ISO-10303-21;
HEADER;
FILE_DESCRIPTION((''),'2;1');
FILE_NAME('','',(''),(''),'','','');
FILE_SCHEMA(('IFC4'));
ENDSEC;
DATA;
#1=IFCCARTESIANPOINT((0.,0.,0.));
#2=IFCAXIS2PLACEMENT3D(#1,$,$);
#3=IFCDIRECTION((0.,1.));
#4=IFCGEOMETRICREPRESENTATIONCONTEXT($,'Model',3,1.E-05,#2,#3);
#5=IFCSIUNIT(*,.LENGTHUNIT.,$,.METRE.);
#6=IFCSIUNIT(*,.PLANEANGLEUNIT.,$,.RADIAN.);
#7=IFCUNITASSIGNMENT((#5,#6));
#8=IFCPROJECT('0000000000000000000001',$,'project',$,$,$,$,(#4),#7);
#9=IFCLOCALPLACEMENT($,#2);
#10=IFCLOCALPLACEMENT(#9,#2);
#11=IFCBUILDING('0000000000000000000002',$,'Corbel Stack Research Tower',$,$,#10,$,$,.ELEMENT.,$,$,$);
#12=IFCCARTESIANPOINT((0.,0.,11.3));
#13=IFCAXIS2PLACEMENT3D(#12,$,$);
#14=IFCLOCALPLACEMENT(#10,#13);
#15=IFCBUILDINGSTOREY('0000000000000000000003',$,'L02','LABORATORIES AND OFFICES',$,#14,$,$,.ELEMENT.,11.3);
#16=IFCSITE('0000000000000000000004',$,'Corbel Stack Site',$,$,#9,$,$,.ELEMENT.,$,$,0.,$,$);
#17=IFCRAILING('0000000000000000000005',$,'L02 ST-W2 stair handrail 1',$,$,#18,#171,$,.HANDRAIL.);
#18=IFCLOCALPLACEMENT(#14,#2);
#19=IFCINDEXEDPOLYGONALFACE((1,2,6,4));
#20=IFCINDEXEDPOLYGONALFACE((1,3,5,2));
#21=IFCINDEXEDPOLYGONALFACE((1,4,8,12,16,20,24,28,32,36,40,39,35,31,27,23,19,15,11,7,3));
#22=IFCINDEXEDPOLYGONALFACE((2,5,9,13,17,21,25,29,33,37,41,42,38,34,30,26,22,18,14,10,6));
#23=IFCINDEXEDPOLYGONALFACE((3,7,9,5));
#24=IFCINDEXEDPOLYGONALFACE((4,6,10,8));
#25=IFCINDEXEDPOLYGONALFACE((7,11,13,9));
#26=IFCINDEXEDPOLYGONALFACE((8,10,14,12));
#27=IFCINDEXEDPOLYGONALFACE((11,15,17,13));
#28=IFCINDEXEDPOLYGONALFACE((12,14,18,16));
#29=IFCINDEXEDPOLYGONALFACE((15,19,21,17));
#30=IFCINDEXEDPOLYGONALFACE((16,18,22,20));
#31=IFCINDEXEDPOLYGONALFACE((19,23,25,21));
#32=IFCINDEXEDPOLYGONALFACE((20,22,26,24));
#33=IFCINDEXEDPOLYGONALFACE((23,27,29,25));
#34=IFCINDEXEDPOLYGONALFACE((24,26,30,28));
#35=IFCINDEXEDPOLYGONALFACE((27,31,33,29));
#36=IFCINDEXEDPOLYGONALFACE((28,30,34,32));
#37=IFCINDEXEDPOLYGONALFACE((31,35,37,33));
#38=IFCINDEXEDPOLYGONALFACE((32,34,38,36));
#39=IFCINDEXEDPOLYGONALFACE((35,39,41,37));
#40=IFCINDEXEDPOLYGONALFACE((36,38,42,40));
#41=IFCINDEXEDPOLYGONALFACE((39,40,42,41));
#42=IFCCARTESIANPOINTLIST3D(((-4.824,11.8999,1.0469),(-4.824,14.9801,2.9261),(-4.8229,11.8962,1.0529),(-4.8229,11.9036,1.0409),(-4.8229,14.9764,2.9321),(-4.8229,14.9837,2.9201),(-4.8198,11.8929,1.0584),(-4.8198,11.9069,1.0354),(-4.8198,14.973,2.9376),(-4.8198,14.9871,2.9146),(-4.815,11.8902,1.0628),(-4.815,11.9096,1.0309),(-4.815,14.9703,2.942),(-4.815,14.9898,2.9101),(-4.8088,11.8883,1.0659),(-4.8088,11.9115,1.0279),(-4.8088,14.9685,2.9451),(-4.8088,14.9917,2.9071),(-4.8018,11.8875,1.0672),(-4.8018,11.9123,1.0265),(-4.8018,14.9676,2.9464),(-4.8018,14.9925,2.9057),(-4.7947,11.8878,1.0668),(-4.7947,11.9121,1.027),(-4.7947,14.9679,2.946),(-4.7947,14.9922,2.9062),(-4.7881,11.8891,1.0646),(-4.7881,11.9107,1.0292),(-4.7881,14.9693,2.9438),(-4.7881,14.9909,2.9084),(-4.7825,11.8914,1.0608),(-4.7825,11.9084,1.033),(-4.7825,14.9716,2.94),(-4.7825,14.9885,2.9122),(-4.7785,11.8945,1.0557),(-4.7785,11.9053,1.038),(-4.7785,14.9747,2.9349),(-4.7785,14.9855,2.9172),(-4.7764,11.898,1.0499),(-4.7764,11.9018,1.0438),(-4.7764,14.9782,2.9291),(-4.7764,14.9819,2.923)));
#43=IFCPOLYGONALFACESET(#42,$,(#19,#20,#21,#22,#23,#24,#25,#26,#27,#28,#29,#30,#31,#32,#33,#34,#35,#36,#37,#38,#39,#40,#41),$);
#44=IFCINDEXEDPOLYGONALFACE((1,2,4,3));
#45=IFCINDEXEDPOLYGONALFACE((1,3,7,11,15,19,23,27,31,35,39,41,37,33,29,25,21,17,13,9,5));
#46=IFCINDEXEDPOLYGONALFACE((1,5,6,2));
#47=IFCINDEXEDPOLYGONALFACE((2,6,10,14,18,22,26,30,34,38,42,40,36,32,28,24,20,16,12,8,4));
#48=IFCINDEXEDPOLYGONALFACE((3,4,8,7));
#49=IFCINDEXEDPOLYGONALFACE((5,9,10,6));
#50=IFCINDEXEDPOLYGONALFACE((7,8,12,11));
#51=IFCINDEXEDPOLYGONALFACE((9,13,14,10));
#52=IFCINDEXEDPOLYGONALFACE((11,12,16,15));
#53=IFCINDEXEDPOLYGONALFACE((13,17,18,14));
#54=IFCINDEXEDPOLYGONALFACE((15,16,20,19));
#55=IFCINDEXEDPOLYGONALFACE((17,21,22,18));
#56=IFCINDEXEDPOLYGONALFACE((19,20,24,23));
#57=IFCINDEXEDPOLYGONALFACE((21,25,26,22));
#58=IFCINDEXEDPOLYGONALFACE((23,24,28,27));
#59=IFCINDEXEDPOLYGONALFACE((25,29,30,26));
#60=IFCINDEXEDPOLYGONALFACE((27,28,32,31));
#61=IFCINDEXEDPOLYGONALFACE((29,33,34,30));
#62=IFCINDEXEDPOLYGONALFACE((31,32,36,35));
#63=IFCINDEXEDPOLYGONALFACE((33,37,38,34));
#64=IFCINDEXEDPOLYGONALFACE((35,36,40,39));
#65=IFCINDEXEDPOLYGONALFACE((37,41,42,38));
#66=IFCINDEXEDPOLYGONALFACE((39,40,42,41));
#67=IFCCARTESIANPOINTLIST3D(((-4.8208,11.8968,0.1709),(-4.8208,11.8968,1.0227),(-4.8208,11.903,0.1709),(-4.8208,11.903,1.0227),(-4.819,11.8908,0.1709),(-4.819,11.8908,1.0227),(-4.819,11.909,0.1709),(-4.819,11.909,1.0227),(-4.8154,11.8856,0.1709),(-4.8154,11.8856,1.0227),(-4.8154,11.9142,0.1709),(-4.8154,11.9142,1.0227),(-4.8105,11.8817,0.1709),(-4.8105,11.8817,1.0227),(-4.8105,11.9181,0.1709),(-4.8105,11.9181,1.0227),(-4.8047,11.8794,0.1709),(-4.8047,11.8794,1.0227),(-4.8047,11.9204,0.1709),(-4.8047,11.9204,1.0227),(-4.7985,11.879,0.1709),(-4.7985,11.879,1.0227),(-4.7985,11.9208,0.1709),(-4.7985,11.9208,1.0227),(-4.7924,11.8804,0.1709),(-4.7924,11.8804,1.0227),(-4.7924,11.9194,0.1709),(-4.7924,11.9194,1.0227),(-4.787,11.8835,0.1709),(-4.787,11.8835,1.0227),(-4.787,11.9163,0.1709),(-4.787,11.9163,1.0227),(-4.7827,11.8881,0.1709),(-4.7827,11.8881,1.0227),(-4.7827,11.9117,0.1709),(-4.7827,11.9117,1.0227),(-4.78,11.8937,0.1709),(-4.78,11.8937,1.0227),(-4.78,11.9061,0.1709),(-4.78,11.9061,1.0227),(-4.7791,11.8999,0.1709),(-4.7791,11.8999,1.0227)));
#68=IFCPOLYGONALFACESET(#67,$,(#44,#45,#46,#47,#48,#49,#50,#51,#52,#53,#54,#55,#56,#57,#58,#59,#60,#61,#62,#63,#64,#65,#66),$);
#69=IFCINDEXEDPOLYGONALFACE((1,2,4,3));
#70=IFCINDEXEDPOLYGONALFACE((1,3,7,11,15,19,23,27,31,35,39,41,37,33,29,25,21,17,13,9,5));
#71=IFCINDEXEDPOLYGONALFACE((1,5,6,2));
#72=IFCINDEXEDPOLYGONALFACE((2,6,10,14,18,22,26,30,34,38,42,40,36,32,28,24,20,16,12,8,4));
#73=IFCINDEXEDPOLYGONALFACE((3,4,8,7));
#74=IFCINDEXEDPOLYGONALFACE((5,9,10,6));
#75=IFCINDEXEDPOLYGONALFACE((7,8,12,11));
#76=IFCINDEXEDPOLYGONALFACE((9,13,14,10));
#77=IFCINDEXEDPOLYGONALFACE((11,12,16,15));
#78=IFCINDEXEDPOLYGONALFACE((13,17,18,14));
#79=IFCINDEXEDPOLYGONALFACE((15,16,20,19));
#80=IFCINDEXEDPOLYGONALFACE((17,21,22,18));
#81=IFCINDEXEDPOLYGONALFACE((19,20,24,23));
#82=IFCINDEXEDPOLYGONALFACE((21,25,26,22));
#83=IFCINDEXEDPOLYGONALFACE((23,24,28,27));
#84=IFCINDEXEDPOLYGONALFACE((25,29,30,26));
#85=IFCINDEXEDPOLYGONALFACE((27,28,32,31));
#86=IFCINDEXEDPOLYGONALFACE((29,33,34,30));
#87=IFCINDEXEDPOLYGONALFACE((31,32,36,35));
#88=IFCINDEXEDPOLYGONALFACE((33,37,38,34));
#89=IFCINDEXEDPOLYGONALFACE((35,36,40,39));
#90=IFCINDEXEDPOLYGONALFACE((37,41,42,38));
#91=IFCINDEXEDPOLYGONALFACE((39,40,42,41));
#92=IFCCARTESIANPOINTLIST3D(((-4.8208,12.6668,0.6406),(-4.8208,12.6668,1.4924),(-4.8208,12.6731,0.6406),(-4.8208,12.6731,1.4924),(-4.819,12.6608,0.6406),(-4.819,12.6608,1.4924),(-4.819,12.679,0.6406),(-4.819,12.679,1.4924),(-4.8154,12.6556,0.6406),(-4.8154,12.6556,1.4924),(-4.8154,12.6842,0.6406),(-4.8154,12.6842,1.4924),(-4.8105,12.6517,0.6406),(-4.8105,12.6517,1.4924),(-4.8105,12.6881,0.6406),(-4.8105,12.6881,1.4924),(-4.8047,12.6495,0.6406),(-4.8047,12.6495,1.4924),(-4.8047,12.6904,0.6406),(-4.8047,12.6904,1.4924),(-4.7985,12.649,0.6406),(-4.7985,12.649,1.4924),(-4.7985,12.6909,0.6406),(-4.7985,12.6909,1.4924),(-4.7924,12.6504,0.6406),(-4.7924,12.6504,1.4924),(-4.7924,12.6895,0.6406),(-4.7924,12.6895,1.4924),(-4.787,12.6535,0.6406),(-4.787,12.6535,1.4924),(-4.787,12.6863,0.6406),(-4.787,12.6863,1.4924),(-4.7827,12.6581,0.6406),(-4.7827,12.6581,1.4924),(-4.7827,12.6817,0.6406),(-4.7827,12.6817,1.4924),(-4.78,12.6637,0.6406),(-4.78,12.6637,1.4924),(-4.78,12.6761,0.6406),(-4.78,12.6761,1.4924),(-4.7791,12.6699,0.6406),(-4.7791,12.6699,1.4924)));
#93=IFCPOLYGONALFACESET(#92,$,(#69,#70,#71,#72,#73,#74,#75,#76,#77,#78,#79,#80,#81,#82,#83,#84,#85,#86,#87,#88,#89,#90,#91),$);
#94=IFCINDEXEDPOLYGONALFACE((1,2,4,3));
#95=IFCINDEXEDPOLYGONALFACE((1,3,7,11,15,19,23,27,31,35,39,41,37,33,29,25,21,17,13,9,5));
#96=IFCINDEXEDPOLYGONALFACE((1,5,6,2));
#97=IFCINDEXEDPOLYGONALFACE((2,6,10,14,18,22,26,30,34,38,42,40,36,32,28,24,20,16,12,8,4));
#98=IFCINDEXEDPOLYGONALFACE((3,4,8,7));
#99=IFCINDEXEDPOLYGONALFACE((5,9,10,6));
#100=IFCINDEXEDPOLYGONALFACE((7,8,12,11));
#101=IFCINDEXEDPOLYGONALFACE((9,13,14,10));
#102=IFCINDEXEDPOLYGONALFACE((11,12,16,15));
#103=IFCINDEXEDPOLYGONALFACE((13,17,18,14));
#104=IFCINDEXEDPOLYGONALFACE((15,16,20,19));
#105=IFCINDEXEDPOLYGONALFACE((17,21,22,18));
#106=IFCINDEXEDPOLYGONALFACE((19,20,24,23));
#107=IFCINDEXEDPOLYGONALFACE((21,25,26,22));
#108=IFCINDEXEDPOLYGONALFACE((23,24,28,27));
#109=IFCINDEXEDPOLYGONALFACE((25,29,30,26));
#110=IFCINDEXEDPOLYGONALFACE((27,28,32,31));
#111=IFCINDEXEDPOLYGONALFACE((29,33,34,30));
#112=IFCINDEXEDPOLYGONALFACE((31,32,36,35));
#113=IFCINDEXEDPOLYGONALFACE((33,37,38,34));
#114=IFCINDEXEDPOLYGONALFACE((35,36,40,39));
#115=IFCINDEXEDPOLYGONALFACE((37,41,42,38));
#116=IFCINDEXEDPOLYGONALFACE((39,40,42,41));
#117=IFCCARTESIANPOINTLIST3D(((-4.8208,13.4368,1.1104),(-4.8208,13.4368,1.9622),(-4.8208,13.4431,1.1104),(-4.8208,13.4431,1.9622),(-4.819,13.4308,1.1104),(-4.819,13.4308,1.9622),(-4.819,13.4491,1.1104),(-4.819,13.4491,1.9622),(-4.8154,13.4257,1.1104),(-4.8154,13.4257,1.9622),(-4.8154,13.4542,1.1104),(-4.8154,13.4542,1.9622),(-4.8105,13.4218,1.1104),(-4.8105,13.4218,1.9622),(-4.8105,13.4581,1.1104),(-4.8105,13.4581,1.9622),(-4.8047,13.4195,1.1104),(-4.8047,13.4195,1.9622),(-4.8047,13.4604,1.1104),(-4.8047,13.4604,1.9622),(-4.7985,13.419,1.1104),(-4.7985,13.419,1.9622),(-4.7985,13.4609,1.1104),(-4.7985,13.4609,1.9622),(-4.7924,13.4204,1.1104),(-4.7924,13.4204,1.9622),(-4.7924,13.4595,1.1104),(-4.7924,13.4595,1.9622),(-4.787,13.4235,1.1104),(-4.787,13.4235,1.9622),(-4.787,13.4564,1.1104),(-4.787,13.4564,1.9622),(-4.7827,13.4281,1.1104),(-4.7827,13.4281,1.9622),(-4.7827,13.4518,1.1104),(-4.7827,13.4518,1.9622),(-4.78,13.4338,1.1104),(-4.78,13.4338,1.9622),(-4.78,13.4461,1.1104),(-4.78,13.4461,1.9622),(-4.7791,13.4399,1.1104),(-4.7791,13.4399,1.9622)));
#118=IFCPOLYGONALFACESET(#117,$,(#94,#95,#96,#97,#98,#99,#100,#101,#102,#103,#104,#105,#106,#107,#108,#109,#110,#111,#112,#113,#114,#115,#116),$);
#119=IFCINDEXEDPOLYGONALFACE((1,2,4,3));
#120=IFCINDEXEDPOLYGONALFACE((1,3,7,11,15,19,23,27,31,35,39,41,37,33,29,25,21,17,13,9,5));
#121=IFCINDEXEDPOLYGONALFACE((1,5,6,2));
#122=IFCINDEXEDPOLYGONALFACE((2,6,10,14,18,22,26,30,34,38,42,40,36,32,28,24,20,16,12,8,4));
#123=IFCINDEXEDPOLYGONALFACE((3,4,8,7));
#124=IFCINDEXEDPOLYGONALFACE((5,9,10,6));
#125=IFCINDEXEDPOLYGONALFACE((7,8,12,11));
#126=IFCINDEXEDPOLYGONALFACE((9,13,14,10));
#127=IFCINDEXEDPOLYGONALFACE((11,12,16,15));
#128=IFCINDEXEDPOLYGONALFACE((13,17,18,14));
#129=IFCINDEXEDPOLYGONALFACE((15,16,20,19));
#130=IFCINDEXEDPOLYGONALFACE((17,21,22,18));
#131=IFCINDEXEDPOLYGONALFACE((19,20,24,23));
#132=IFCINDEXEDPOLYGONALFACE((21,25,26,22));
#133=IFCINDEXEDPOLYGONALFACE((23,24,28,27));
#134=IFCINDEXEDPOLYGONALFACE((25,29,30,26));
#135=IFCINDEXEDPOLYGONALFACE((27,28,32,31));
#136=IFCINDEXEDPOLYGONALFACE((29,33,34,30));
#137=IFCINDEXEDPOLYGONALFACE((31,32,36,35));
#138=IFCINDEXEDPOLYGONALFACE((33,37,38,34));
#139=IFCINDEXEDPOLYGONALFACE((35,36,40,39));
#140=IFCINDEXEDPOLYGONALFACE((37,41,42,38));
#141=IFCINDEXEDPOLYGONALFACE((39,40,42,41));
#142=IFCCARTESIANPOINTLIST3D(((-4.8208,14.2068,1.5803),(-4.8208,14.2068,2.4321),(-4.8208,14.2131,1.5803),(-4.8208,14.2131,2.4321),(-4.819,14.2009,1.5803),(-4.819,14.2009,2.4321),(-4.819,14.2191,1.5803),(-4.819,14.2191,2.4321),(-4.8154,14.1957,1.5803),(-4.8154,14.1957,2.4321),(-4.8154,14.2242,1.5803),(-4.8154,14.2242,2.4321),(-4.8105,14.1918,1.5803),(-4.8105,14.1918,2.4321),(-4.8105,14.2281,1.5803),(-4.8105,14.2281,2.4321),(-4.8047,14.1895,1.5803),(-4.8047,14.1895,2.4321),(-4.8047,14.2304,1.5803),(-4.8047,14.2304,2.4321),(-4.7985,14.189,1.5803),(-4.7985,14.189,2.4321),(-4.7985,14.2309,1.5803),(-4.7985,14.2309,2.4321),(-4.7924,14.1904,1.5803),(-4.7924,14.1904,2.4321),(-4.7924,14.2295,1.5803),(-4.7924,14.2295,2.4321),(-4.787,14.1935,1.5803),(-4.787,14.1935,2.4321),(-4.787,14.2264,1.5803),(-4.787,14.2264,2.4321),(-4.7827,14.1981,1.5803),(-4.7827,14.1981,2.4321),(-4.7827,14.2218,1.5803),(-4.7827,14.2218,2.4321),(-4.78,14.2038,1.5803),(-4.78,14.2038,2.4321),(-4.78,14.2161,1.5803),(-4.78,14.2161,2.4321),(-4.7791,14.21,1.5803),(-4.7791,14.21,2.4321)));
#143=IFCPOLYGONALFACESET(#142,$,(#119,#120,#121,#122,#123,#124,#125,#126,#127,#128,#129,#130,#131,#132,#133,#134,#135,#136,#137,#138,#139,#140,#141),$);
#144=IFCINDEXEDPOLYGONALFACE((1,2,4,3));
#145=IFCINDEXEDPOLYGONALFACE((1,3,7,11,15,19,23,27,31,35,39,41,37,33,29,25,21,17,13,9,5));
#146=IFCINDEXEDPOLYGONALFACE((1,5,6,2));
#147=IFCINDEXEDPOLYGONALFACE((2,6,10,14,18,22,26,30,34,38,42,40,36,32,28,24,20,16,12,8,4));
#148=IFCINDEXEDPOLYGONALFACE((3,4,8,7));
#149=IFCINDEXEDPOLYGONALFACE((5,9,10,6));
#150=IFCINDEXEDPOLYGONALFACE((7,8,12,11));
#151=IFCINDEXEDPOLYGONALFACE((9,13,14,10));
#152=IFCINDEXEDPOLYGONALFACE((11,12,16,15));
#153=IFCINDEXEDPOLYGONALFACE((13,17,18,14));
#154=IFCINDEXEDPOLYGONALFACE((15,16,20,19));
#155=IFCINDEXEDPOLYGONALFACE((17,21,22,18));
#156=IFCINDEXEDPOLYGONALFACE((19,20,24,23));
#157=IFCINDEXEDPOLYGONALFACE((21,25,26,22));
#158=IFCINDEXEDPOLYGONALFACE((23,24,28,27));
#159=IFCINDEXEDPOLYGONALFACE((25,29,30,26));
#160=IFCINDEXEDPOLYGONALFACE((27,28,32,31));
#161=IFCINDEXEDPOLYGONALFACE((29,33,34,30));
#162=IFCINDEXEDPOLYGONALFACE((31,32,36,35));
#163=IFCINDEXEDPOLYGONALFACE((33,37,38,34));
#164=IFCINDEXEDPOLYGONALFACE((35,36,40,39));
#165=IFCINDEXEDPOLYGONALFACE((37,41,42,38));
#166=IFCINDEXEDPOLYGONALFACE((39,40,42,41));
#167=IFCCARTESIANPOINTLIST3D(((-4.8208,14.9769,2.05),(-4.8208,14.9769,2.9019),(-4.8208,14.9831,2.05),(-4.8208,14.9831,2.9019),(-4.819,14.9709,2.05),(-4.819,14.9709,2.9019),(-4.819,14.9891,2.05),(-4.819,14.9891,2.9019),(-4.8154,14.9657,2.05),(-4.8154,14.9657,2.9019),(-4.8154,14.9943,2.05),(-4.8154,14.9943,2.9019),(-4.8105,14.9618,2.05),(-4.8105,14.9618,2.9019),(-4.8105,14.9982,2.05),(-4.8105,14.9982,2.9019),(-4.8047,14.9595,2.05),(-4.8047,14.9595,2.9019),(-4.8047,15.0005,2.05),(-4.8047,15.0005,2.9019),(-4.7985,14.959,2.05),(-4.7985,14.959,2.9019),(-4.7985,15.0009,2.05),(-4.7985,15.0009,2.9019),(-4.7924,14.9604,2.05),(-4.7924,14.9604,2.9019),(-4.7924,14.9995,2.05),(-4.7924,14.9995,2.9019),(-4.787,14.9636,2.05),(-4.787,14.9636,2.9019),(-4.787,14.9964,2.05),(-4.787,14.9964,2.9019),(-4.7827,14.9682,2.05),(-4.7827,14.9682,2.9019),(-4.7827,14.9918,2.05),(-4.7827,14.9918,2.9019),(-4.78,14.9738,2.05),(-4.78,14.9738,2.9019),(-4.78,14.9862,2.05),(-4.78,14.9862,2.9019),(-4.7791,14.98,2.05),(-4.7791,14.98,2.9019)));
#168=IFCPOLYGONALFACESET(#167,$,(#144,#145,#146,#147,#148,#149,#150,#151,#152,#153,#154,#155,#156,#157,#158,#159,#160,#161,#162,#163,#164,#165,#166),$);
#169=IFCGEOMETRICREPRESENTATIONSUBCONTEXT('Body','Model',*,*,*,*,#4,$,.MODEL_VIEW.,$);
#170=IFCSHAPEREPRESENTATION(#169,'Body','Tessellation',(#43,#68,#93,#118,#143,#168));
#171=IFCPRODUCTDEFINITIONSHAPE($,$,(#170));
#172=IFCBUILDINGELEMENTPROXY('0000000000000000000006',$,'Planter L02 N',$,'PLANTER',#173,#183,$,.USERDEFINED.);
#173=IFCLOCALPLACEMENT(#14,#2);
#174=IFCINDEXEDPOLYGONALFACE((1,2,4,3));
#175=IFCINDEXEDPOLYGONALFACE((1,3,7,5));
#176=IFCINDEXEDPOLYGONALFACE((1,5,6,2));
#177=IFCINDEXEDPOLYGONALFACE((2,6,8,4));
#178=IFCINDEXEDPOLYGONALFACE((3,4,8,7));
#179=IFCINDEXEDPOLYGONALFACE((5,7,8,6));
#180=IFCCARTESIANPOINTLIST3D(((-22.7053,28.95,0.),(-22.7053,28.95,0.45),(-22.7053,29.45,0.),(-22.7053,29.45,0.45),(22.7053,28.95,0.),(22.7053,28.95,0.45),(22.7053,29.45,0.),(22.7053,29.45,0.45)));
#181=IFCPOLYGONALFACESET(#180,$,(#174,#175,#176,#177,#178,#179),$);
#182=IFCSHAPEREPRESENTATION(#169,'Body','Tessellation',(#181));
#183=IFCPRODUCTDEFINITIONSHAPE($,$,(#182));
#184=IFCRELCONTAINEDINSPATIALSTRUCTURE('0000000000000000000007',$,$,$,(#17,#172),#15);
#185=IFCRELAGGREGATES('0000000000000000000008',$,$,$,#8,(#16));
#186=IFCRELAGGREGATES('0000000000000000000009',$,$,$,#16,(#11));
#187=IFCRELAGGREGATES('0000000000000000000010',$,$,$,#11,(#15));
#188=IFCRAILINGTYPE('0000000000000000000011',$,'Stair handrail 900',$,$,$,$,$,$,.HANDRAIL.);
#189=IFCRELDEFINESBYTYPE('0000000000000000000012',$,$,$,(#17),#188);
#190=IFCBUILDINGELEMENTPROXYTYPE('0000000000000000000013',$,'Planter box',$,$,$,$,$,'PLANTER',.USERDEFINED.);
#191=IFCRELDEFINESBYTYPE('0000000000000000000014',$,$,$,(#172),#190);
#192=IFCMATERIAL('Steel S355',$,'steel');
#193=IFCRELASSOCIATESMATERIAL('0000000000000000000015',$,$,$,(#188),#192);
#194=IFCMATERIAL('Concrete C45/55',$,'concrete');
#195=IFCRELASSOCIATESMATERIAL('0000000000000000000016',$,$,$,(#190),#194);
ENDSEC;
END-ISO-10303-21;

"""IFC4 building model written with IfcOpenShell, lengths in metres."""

from ifc_helpers import new_model, si_unit, direction, frame, origin, origin_2d, place, context, subcontext, project, spatial, rectangle, circle, extrude, material, type_object, element, save


model = new_model("IFC4")

# Units and contexts
model_context = context("Model", 3, precision=1e-05, world=origin(), true_north=direction((0.0, 1.0)))
body_context = subcontext(model_context, "Body", "Model", "MODEL_VIEW")
ifc_project = project(units=[si_unit("LENGTHUNIT", "METRE"), si_unit("PLANEANGLEUNIT", "RADIAN")], contexts=[model_context])

# Site, building, storey
site_placement = place(None, origin())
site = spatial("IfcSite", under=ifc_project, at=site_placement, Name="Corbel Stack Site", CompositionType="ELEMENT", RefElevation=0.0)
building_placement = place(site_placement, origin())
building = spatial("IfcBuilding", under=site, at=building_placement, Name="Corbel Stack Research Tower", CompositionType="ELEMENT")
storey_placement = place(building_placement, frame((0.0, 0.0, 11.3)))
storey = spatial("IfcBuildingStorey", under=building, at=storey_placement, Name="L02", Description="LABORATORIES AND OFFICES", CompositionType="ELEMENT", Elevation=11.3)

# Railing
ifc_material_1 = material(Name="Steel S355", Category="steel")
railing_type_1 = type_object("IfcRailingType", Name="Stair handrail 900", PredefinedType="HANDRAIL", material=ifc_material_1)
railing_1_placement = place(storey_placement, frame((-4.8, 11.8999, 0.1709)))
element("IfcRailing", 1, at=railing_1_placement, inside=storey, type_object=railing_type_1, Name="L02 ST-W2 stair handrail 1", PredefinedType="HANDRAIL", context=body_context, shape_type="SweptSolid", body=[
    extrude(circle(Radius=0.0239, at=origin_2d()), frame((0.0, 0.0, 0.876), z_axis=(0.0, 0.853666, 0.52082), x_axis=(-1.0, 0.0, 0.0)), (0.0, 0.0, 1.0), 3.6082),
    extrude(circle(Radius=0.021, at=origin_2d()), origin(), (0.0, 0.0, 1.0), 0.8518),
    extrude(circle(Radius=0.021, at=origin_2d()), frame((0.0, 0.77, 0.4697)), (0.0, 0.0, 1.0), 0.8518),
    extrude(circle(Radius=0.021, at=origin_2d()), frame((0.0, 1.54, 0.9395)), (0.0, 0.0, 1.0), 0.8518),
    extrude(circle(Radius=0.021, at=origin_2d()), frame((0.0, 2.3101, 1.4094)), (0.0, 0.0, 1.0), 0.8518),
    extrude(circle(Radius=0.021, at=origin_2d()), frame((0.0, 3.0801, 1.8792)), (0.0, 0.0, 1.0), 0.8518),
])

# Building element proxy
ifc_material_2 = material(Name="Concrete C45/55", Category="concrete")
building_element_proxy_type = type_object("IfcBuildingElementProxyType", Name="Planter box", ElementType="PLANTER", PredefinedType="USERDEFINED", material=ifc_material_2)
proxy_placement = place(storey_placement, frame((0.0, 29.2, 0.0), z_axis=(0.0, 0.0, 1.0), x_axis=(-1.0, 0.0, 0.0)))
element("IfcBuildingElementProxy", 2, at=proxy_placement, inside=storey, type_object=building_element_proxy_type, Name="Planter L02 N", ObjectType="PLANTER", PredefinedType="USERDEFINED", context=body_context, shape_type="SweptSolid", body=[
    extrude(rectangle(XDim=45.4106, YDim=0.5, at=origin_2d()), origin(), (0.0, 0.0, 1.0), 0.45),
])

save(model, "model.ifc")
